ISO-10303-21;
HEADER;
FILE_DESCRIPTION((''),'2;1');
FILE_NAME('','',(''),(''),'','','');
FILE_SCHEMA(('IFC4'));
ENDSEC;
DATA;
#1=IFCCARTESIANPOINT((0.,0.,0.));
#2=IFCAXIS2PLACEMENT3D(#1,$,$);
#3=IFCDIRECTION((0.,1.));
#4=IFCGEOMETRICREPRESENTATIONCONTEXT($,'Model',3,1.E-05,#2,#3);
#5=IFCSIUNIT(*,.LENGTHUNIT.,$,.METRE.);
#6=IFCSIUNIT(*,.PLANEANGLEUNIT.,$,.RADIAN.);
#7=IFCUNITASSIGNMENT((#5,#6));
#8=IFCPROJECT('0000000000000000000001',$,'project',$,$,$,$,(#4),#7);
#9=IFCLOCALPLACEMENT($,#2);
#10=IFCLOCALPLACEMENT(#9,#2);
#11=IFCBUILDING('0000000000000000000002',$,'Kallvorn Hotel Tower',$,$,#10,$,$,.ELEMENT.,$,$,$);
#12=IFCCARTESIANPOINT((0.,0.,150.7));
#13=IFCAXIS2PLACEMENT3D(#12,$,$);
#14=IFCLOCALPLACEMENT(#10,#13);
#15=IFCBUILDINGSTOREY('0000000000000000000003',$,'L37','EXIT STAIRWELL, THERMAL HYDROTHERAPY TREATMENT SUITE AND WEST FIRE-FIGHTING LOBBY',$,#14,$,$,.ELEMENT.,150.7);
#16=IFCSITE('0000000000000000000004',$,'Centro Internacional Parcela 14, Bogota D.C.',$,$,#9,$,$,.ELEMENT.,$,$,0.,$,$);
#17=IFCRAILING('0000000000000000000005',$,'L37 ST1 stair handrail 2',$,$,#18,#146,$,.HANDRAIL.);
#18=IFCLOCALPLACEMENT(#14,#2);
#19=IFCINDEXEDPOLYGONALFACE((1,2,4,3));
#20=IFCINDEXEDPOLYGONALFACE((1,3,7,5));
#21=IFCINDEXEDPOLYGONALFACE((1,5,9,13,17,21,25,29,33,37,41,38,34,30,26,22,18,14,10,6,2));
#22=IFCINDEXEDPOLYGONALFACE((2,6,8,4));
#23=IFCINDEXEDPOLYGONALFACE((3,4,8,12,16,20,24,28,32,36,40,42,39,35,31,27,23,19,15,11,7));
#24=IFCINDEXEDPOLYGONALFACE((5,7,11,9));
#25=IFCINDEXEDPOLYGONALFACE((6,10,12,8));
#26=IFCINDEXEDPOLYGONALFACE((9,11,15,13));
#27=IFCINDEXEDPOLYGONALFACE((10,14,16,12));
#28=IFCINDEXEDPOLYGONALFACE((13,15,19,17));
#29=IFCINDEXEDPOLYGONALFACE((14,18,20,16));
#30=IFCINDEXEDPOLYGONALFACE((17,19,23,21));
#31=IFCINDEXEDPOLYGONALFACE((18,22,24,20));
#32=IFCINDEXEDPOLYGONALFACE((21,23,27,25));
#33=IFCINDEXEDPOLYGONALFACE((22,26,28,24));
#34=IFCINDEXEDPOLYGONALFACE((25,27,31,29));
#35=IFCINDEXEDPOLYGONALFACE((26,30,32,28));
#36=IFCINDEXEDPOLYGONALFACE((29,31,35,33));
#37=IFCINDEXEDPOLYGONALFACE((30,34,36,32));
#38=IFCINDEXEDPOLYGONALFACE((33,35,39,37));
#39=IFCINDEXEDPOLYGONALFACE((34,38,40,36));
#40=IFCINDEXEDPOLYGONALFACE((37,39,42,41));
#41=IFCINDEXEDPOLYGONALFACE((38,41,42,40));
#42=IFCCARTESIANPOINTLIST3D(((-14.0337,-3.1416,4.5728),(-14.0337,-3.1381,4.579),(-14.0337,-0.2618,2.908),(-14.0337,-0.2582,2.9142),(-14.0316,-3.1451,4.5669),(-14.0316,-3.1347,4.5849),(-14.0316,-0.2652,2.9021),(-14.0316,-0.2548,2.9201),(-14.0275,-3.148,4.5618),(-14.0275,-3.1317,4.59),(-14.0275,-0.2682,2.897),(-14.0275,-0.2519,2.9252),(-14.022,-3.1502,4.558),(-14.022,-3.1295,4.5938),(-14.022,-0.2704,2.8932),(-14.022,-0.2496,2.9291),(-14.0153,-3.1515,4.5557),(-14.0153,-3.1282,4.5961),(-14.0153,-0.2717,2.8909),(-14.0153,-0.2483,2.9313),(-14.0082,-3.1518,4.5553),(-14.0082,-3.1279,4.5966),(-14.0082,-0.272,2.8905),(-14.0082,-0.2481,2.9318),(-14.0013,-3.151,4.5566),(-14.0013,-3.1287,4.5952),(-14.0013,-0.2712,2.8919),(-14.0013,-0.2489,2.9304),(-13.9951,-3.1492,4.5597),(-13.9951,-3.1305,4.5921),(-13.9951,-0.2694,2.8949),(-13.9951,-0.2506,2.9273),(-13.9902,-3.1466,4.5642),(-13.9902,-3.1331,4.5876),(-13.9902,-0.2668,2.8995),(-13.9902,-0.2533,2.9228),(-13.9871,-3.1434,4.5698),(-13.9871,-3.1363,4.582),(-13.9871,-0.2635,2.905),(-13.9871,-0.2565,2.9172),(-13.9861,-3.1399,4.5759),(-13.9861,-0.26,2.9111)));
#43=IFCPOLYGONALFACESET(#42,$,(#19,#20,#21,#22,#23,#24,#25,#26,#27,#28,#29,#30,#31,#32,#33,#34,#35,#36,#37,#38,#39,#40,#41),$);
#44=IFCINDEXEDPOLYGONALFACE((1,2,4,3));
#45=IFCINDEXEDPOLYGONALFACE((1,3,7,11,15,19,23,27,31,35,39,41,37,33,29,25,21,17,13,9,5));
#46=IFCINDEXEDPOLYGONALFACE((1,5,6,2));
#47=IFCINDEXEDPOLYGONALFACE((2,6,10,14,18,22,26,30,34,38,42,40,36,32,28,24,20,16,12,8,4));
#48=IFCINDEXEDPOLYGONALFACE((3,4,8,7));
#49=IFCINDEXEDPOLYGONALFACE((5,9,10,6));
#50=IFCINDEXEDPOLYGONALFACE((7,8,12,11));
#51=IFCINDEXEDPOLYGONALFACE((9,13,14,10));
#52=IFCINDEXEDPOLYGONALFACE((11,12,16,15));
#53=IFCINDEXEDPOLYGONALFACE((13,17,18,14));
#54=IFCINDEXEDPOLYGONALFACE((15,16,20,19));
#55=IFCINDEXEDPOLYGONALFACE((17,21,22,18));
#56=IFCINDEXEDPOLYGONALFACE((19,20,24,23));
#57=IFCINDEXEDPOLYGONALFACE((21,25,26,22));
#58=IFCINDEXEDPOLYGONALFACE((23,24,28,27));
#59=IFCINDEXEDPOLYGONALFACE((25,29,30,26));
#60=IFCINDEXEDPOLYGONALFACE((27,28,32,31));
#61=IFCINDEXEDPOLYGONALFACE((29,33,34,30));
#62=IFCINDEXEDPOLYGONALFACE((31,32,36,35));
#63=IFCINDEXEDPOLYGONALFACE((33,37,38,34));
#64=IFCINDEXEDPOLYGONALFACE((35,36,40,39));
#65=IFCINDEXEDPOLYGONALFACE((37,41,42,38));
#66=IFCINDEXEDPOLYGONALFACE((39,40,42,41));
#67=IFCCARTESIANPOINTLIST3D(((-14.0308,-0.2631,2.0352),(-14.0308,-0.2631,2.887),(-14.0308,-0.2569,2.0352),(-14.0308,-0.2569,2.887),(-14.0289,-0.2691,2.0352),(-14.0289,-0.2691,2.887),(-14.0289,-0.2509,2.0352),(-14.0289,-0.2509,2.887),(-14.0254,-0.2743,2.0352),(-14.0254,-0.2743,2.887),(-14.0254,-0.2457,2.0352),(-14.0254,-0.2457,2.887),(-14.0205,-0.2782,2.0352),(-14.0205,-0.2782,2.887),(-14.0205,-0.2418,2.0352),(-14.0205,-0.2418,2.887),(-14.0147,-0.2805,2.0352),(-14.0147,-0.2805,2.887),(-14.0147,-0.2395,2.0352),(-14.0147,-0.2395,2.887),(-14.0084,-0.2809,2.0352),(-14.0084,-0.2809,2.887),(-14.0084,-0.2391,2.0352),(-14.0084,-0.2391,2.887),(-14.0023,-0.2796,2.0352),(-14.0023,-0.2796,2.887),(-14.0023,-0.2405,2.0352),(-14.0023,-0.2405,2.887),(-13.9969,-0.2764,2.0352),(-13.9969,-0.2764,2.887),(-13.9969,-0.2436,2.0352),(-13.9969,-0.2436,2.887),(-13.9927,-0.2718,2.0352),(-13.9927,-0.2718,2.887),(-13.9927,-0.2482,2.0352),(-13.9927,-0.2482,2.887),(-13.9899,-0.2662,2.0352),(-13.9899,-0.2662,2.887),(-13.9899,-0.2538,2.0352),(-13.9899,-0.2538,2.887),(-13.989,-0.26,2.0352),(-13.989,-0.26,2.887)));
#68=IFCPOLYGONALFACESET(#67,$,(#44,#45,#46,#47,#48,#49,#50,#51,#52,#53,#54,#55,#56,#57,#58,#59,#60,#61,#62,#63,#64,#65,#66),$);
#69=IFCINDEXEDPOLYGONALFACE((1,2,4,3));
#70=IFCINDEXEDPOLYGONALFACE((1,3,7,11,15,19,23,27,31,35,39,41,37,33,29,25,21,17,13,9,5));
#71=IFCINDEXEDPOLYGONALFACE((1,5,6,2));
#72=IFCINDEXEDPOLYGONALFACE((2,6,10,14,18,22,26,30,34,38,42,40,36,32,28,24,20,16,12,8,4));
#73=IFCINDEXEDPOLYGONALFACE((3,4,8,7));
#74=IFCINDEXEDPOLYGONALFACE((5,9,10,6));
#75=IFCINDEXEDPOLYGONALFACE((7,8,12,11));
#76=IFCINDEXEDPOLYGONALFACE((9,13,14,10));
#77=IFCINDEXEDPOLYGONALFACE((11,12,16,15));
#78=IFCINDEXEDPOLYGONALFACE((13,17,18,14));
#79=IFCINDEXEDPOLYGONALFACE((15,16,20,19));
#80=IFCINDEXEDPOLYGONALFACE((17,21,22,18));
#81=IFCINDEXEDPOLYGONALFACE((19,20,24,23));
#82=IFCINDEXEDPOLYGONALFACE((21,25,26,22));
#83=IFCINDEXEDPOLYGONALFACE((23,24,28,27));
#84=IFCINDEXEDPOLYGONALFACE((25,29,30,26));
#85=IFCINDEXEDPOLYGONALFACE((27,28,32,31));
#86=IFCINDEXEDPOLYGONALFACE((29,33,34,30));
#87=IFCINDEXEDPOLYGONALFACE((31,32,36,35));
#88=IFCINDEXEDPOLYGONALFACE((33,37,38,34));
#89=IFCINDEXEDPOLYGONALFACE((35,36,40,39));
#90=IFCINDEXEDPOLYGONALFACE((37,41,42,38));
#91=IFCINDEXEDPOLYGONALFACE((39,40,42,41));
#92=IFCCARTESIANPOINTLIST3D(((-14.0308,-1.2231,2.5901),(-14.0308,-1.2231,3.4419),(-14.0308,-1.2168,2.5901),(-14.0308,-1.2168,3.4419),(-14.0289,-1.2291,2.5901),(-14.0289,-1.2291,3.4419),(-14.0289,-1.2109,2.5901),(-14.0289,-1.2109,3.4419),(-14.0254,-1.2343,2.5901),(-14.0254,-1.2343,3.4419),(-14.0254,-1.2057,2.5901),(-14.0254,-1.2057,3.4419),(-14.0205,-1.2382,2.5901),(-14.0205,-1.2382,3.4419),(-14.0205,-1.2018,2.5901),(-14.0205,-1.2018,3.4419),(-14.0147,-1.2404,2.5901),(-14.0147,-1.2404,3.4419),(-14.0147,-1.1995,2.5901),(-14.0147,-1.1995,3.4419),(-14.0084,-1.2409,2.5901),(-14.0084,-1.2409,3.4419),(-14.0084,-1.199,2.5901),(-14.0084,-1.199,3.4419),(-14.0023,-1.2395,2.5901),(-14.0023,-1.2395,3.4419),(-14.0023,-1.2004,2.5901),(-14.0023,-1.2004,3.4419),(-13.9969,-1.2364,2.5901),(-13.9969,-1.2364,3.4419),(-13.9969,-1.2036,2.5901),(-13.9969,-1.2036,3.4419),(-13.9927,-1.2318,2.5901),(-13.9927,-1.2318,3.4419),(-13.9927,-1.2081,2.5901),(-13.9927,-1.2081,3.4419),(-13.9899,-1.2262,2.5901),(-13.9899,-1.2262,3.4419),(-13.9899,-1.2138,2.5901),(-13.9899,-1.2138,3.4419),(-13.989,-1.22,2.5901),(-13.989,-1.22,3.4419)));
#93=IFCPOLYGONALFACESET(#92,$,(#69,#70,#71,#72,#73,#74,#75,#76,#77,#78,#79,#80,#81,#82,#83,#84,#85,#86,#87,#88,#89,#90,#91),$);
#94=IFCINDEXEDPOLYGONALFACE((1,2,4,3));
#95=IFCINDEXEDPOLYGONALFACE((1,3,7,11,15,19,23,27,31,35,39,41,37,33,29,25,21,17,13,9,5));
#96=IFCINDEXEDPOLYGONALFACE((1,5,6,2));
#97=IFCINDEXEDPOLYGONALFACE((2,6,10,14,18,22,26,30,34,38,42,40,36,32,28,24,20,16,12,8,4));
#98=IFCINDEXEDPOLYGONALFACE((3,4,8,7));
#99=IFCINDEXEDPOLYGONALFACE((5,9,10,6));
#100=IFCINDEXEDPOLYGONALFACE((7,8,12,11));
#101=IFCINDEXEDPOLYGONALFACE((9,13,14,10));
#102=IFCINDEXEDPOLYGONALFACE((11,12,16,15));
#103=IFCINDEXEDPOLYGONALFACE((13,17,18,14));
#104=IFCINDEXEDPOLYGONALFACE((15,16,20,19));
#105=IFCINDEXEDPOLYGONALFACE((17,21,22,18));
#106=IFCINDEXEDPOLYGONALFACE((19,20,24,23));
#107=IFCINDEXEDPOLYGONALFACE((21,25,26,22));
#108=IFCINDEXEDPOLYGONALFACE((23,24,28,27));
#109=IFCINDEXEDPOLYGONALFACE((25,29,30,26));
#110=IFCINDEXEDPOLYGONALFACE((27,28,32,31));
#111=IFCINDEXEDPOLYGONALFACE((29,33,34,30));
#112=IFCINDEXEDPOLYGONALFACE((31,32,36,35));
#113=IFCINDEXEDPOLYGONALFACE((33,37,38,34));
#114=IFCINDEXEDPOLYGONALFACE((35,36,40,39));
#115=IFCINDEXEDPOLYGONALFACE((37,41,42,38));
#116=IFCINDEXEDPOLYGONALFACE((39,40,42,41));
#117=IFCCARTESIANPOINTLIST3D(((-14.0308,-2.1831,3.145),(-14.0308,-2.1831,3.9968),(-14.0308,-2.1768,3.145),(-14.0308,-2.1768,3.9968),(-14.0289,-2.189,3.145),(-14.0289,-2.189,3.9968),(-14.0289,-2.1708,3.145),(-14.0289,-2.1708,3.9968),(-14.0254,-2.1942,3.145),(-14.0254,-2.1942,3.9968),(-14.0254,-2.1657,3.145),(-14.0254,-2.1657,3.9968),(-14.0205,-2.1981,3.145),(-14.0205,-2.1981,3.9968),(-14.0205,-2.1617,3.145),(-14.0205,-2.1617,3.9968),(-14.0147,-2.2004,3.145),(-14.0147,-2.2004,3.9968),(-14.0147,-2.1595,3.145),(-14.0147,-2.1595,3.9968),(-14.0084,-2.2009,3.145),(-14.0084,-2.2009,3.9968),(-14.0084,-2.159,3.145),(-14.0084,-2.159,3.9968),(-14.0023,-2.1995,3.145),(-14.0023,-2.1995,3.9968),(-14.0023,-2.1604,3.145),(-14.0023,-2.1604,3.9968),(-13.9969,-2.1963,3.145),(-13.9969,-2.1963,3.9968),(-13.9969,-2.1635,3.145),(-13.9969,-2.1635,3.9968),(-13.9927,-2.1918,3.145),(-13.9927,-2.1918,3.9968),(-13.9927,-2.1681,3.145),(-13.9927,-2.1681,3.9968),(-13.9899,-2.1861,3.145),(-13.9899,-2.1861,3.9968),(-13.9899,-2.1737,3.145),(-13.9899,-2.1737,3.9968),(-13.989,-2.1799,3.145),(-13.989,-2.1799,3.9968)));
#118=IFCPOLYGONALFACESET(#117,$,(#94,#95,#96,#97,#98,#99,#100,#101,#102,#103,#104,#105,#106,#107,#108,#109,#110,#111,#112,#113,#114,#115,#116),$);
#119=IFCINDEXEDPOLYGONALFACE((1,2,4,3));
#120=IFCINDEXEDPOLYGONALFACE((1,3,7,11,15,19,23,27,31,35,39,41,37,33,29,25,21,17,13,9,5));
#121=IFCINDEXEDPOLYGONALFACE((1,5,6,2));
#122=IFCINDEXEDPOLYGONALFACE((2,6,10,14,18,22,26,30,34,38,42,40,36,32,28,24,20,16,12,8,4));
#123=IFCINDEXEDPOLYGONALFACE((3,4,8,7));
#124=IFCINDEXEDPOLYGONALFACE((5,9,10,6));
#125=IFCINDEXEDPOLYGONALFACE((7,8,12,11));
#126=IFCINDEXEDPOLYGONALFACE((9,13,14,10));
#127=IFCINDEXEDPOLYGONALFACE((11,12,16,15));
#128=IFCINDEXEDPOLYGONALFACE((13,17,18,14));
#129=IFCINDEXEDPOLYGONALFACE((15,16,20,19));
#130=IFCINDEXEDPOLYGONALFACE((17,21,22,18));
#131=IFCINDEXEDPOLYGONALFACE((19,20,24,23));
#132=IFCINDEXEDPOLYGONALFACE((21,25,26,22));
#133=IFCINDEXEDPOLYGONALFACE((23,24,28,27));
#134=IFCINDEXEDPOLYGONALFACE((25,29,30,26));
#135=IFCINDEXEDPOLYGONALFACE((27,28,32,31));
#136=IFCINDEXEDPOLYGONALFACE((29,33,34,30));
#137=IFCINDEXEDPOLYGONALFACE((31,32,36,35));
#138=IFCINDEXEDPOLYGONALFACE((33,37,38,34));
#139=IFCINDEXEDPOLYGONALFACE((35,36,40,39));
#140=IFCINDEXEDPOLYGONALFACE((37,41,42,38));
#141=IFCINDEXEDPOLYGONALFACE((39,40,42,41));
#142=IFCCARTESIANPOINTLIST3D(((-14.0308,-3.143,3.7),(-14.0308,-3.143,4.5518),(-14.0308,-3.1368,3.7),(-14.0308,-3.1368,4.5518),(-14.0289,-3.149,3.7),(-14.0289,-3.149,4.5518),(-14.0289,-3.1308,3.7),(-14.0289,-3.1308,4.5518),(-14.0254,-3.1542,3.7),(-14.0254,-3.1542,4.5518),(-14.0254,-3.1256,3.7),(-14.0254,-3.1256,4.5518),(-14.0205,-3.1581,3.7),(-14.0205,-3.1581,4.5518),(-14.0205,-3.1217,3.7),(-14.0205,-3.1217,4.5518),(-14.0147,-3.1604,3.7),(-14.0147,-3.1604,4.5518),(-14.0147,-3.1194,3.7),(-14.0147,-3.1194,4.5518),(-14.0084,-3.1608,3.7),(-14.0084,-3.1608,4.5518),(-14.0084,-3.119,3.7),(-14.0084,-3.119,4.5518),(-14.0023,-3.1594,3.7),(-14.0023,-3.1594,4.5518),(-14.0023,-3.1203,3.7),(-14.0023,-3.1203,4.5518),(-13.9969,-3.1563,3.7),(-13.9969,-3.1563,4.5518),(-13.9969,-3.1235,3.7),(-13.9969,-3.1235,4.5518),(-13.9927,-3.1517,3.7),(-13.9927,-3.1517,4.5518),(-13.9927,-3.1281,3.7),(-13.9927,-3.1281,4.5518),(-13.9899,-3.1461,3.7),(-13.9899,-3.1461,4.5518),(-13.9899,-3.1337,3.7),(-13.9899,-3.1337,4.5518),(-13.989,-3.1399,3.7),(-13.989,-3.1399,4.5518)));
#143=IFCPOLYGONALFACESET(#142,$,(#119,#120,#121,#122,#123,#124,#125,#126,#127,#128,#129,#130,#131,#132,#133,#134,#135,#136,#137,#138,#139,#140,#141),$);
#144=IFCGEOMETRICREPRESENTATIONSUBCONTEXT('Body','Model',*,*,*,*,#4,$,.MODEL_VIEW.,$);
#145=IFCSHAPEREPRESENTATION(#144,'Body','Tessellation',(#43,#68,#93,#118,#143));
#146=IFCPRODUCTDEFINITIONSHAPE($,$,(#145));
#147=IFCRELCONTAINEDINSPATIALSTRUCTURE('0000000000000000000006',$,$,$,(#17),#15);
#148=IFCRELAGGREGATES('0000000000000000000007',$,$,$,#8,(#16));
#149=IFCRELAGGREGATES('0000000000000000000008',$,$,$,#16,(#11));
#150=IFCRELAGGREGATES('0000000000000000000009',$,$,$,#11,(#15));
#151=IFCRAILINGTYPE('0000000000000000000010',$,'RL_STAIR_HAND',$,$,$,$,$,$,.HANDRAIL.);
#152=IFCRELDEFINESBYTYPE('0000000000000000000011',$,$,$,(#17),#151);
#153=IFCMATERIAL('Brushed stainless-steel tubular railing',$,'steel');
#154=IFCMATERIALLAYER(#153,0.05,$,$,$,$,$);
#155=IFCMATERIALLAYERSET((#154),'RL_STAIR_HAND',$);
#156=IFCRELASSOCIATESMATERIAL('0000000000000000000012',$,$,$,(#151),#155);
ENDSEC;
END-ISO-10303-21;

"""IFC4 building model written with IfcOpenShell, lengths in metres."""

from ifc_helpers import new_model, si_unit, direction, frame, origin, origin_2d, place, context, subcontext, project, spatial, circle, extrude, material, layer, layer_set, type_object, element, save


model = new_model("IFC4")

# Units and contexts
model_context = context("Model", 3, precision=1e-05, world=origin(), true_north=direction((0.0, 1.0)))
body_context = subcontext(model_context, "Body", "Model", "MODEL_VIEW")
ifc_project = project(units=[si_unit("LENGTHUNIT", "METRE"), si_unit("PLANEANGLEUNIT", "RADIAN")], contexts=[model_context])

# Site, building, storey
site_placement = place(None, origin())
site = spatial("IfcSite", under=ifc_project, at=site_placement, Name="Centro Internacional Parcela 14, Bogota D.C.", CompositionType="ELEMENT", RefElevation=0.0)
building_placement = place(site_placement, origin())
building = spatial("IfcBuilding", under=site, at=building_placement, Name="Kallvorn Hotel Tower", CompositionType="ELEMENT")
storey_placement = place(building_placement, frame((0.0, 0.0, 150.7)))
storey = spatial("IfcBuildingStorey", under=building, at=storey_placement, Name="L37", Description="EXIT STAIRWELL, THERMAL HYDROTHERAPY TREATMENT SUITE AND WEST FIRE-FIGHTING LOBBY", CompositionType="ELEMENT", Elevation=150.7)

# Railing
ifc_material_1 = material(Name="Brushed stainless-steel tubular railing", Category="steel")
ifc_layer_1 = layer(ifc_material_1, 0.05)
ifc_layer_set_1 = layer_set([ifc_layer_1], Name="RL_STAIR_HAND")
railing_type_1 = type_object("IfcRailingType", Name="RL_STAIR_HAND", PredefinedType="HANDRAIL", material=ifc_layer_set_1)
railing_1_placement = place(storey_placement, frame((-14.01, -0.26, 2.0352)))
element("IfcRailing", 1, at=railing_1_placement, inside=storey, type_object=railing_type_1, Name="L37 ST1 stair handrail 2", PredefinedType="HANDRAIL", context=body_context, shape_type="SweptSolid", body=[
    extrude(circle(Radius=0.0239, at=origin_2d()), frame((0.0, 0.0, 0.876), z_axis=(0.0, -0.865753, 0.500472), x_axis=(1.0, 0.0, 0.0)), (0.0, 0.0, 1.0), 3.3264),
    extrude(circle(Radius=0.021, at=origin_2d()), origin(), (0.0, 0.0, 1.0), 0.8518),
    extrude(circle(Radius=0.021, at=origin_2d()), frame((0.0, -0.96, 0.5549)), (0.0, 0.0, 1.0), 0.8518),
    extrude(circle(Radius=0.021, at=origin_2d()), frame((0.0, -1.9199, 1.1099)), (0.0, 0.0, 1.0), 0.8518),
    extrude(circle(Radius=0.021, at=origin_2d()), frame((0.0, -2.8799, 1.6648)), (0.0, 0.0, 1.0), 0.8518),
])

save(model, "model.ifc")
